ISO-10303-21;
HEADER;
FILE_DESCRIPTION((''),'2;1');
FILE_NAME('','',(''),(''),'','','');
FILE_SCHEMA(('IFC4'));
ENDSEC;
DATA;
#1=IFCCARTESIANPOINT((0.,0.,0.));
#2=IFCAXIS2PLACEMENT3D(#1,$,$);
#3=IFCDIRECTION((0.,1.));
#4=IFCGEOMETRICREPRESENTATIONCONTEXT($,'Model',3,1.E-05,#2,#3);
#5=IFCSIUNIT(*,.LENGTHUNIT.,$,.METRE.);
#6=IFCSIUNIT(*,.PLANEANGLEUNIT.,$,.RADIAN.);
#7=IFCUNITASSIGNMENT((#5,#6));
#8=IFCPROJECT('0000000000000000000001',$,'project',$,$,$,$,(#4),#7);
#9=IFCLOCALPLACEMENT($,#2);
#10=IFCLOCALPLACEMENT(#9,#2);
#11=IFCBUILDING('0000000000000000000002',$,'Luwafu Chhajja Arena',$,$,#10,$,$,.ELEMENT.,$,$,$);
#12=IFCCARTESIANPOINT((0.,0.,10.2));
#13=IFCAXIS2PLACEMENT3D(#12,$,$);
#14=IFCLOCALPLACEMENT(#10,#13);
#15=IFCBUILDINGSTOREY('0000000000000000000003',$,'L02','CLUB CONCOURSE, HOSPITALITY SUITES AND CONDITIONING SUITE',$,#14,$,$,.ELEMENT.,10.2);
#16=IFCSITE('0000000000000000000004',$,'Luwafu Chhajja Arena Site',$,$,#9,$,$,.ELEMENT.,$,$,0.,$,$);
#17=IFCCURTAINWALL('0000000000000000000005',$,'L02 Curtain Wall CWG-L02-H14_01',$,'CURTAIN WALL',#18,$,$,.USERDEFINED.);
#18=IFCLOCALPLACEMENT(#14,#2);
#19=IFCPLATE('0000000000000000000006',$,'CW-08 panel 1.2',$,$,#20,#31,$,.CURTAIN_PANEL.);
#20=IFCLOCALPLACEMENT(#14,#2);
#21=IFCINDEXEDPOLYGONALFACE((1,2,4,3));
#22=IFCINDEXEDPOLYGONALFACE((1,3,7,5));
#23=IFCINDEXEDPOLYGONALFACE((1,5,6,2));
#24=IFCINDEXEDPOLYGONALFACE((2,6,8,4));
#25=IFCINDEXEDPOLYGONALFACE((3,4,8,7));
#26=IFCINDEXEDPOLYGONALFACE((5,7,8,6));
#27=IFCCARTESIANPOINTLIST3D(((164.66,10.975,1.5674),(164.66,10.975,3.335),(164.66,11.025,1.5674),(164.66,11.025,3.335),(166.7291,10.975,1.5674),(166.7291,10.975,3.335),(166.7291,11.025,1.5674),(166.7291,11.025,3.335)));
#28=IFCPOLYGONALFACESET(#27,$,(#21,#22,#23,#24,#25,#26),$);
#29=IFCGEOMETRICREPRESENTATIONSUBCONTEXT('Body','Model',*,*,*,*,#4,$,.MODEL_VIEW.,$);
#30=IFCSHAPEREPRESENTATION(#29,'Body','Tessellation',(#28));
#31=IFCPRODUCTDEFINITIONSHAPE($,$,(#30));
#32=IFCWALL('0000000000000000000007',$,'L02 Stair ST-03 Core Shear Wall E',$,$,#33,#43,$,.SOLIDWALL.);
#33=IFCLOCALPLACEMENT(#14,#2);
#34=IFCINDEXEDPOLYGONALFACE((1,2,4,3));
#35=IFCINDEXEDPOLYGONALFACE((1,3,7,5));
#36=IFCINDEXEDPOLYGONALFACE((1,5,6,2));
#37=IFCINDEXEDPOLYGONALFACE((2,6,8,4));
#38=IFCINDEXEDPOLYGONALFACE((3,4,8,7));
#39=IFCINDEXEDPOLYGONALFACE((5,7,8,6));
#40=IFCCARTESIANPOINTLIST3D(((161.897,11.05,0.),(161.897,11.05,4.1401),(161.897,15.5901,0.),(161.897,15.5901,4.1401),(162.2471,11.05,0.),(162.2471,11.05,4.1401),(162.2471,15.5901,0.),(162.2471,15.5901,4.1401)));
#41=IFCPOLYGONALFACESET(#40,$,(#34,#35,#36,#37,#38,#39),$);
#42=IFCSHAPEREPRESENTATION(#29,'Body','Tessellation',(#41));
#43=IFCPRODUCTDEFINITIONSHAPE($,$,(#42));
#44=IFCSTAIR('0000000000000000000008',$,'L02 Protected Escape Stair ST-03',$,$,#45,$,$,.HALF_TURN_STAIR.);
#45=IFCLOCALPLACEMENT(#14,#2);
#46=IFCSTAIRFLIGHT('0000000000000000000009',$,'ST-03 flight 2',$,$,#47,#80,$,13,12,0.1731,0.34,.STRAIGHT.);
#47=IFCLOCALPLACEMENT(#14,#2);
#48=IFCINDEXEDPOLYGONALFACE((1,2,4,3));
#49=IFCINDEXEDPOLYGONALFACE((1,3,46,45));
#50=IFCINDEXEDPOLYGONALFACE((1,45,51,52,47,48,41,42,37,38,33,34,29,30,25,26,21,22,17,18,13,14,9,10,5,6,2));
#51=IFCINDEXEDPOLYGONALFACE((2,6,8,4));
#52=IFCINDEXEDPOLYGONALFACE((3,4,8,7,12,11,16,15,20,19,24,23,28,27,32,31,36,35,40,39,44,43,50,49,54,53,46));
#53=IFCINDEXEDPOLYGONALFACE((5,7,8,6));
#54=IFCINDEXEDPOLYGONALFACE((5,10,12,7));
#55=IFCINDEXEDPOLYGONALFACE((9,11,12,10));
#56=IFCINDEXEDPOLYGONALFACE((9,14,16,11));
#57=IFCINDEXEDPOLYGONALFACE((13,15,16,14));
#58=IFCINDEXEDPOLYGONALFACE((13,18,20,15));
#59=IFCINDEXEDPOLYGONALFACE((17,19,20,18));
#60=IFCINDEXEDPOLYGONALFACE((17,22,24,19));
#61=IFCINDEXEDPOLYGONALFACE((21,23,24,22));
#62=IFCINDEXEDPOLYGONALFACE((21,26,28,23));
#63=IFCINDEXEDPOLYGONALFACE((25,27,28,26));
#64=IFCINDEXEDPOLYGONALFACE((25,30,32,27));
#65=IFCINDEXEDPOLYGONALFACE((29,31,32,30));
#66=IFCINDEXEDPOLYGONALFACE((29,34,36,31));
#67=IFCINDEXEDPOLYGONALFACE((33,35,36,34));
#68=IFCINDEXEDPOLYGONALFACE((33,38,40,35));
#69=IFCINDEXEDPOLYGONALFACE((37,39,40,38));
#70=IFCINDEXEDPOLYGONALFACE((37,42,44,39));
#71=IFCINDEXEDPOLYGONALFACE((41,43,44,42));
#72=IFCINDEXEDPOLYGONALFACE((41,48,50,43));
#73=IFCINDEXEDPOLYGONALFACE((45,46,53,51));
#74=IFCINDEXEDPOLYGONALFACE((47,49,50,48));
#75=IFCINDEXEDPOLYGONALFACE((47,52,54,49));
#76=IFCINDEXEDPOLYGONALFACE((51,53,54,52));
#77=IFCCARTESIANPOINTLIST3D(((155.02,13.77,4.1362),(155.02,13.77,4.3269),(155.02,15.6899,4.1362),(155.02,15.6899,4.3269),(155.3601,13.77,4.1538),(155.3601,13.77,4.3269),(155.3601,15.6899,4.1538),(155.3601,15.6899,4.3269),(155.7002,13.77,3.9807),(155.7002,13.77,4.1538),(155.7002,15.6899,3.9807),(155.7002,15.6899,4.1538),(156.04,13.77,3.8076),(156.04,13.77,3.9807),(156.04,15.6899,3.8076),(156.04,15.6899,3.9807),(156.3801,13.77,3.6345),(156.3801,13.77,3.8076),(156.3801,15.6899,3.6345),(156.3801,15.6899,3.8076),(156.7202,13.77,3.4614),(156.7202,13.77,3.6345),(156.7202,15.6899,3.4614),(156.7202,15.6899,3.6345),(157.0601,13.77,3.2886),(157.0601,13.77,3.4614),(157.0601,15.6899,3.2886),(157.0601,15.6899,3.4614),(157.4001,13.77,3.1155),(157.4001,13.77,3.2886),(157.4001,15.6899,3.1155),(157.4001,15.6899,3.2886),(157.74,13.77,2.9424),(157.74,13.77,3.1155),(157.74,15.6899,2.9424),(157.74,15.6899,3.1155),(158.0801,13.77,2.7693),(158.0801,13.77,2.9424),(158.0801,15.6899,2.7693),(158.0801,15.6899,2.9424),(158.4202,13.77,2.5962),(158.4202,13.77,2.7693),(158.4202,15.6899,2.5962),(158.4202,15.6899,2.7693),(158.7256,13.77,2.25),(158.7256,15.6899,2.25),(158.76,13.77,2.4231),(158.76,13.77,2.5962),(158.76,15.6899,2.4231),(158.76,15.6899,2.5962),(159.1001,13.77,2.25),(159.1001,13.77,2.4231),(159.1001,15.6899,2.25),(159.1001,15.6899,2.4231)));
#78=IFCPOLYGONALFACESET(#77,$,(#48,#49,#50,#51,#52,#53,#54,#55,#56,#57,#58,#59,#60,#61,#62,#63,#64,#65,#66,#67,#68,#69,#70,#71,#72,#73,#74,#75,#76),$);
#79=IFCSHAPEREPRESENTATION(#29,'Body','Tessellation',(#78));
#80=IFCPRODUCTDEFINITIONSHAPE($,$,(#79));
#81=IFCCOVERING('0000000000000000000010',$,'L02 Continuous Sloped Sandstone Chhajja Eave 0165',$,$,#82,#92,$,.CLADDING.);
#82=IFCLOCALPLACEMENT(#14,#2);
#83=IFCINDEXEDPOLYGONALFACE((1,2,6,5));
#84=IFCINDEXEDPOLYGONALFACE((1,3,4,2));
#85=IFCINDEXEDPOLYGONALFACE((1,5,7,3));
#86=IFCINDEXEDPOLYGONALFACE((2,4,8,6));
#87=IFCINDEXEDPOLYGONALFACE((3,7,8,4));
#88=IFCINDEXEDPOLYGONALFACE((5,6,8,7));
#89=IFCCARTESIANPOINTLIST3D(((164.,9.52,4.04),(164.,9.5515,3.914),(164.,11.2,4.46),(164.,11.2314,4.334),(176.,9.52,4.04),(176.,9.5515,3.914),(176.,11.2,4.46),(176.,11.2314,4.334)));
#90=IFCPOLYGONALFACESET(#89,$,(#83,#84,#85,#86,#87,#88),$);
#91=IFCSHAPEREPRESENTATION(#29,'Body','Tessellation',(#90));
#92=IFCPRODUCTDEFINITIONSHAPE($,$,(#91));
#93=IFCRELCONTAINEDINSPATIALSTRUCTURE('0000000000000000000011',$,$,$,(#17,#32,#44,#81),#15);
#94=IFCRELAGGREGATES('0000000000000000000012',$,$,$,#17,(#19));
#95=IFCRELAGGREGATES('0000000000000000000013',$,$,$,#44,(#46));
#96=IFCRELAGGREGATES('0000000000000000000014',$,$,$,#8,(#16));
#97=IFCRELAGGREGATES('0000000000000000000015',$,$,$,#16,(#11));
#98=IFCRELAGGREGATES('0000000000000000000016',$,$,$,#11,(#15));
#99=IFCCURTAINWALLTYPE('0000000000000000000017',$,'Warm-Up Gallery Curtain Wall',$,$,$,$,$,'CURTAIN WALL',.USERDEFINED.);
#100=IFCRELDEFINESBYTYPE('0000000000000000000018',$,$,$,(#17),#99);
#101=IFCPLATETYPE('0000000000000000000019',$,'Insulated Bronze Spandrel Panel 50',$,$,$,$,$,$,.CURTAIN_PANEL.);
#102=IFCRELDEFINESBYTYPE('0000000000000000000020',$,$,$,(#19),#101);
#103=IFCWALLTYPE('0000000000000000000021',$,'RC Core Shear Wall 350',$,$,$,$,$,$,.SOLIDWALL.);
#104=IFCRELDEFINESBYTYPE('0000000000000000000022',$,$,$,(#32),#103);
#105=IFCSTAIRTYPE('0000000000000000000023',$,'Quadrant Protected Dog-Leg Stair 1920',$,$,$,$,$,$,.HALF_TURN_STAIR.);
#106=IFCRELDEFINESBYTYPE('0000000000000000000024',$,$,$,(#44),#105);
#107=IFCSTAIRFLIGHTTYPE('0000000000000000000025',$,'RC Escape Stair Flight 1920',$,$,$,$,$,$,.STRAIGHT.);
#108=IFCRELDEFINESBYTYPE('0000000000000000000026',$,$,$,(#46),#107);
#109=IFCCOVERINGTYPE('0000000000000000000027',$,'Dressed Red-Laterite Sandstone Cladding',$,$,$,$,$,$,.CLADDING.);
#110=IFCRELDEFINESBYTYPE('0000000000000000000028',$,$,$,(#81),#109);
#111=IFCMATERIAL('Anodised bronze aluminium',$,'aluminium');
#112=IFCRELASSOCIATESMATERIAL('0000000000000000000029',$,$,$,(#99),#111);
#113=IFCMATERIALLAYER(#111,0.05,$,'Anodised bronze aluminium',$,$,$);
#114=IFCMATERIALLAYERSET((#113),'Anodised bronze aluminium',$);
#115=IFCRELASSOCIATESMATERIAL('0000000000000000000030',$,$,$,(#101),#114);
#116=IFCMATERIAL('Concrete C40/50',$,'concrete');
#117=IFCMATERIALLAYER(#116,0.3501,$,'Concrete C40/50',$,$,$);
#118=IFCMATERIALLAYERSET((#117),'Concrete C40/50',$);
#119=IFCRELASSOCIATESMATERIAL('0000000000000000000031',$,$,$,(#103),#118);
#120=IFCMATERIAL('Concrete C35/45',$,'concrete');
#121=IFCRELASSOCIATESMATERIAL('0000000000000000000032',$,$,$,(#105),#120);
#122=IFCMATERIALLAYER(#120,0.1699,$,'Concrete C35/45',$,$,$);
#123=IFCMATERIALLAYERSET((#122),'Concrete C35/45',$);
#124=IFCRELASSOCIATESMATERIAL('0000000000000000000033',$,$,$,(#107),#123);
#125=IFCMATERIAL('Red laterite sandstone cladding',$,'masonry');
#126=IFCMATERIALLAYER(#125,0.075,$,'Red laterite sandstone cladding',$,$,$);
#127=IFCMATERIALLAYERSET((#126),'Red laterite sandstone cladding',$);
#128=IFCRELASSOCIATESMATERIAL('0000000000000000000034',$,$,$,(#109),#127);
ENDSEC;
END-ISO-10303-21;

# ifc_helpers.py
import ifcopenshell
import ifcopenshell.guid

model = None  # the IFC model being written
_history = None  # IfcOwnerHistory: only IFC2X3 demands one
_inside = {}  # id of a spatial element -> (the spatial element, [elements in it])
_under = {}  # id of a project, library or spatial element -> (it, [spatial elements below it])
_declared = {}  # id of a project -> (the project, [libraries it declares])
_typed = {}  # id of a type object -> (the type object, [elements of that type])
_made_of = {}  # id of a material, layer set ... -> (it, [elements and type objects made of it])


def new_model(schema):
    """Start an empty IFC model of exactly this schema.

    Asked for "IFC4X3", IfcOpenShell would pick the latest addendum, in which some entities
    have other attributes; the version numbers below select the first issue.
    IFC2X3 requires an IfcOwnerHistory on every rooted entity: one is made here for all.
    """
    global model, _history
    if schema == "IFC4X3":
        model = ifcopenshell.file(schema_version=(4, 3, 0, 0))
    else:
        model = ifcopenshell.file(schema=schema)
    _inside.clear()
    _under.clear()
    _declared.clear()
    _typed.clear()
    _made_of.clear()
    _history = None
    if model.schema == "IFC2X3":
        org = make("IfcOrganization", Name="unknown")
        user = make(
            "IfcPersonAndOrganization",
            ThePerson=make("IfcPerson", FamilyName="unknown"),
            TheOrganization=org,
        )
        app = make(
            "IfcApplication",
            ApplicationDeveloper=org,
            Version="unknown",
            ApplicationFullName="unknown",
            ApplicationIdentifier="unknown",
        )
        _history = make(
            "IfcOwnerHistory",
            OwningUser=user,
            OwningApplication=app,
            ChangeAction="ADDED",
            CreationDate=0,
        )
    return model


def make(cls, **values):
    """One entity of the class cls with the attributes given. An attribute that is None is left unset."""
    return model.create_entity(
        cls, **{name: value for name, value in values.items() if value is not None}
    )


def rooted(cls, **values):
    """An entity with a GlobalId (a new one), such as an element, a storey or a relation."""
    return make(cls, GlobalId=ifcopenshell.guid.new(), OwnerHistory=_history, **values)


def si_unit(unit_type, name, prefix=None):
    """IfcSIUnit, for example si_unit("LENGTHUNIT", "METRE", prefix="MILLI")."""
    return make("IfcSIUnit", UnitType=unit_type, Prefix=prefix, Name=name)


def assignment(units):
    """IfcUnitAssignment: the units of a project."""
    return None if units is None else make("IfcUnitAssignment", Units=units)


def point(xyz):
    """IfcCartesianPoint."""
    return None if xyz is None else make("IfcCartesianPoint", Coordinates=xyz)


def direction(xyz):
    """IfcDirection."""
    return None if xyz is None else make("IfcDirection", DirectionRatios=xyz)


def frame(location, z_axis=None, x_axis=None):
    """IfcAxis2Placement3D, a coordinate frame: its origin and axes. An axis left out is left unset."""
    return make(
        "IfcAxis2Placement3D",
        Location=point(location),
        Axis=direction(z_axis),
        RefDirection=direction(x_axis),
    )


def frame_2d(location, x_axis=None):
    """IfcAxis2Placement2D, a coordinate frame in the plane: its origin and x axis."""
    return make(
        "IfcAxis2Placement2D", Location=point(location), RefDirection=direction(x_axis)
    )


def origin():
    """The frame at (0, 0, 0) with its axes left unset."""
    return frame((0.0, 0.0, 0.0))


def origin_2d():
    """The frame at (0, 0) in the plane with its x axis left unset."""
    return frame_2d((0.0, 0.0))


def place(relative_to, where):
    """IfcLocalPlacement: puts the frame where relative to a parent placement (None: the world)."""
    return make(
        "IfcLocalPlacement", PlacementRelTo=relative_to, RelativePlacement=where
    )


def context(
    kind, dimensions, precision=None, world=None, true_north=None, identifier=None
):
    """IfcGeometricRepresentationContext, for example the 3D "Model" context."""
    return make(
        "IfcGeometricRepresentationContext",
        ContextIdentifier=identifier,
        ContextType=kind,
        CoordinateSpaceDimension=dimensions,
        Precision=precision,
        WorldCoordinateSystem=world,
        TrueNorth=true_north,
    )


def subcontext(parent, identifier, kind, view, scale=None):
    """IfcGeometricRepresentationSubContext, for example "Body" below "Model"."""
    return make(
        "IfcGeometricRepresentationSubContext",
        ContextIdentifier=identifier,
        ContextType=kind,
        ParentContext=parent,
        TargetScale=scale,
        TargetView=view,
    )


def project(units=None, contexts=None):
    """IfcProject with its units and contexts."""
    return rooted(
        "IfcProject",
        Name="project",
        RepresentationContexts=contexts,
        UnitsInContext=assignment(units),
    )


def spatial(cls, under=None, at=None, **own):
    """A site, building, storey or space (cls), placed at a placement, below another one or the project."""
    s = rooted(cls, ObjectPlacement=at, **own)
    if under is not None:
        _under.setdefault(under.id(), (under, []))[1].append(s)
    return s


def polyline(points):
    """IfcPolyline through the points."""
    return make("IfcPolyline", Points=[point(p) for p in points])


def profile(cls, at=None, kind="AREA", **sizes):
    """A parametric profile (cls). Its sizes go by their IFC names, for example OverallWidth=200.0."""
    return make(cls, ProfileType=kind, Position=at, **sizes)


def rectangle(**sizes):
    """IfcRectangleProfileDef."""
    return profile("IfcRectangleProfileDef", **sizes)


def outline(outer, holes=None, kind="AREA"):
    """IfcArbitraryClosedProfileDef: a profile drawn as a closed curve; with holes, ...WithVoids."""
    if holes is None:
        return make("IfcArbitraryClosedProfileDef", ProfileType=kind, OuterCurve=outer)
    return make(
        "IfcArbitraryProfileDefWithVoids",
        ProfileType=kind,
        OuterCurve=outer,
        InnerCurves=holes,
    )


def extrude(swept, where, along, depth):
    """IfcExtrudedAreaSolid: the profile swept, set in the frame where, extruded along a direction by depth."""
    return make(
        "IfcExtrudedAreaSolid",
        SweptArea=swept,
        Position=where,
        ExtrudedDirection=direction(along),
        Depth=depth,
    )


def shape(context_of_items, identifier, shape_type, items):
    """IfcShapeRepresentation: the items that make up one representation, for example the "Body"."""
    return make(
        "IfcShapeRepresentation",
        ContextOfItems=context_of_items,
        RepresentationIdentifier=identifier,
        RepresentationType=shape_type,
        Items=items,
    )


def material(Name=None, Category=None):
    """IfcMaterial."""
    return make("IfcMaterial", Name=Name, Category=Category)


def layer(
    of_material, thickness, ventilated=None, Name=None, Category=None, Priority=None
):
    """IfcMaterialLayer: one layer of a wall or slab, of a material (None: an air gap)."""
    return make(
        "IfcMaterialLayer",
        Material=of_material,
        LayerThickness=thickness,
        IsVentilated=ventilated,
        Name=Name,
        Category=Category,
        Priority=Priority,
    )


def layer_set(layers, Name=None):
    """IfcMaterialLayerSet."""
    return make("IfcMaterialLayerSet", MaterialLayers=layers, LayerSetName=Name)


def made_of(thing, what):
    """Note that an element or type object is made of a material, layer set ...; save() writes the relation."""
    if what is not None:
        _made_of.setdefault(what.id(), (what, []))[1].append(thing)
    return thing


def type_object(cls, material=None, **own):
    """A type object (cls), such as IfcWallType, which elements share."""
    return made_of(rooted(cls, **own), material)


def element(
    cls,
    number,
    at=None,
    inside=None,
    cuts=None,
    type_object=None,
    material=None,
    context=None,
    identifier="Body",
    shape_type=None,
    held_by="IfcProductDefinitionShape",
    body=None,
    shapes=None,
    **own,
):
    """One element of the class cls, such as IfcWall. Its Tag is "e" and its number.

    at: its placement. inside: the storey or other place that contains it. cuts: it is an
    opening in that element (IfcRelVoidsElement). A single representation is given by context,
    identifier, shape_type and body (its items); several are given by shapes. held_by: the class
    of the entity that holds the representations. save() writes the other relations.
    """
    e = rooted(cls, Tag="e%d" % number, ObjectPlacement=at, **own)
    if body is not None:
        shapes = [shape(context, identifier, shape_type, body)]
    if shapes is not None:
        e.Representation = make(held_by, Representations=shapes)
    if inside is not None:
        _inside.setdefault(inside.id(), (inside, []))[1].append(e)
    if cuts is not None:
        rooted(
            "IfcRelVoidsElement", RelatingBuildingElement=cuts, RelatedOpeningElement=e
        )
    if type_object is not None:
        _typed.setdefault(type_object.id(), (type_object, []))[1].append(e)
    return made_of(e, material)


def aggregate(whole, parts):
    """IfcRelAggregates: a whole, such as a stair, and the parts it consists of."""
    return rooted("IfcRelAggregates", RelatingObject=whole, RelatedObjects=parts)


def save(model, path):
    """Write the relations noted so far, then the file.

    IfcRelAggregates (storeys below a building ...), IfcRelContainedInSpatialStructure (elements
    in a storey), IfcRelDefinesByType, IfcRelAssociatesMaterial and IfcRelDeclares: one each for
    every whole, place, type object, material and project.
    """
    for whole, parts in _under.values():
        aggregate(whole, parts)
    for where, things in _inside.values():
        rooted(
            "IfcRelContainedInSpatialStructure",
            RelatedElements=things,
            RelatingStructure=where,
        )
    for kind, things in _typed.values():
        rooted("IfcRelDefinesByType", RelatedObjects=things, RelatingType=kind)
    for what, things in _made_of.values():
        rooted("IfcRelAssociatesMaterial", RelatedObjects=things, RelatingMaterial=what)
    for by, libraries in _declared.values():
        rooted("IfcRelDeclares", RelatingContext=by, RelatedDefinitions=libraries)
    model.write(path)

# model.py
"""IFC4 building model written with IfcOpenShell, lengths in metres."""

from ifc_helpers import new_model, si_unit, direction, frame, frame_2d, origin, origin_2d, place, context, subcontext, project, spatial, polyline, rectangle, outline, extrude, material, layer, layer_set, type_object, element, aggregate, save


model = new_model("IFC4")

# Units and contexts
model_context = context("Model", 3, precision=1e-05, world=origin(), true_north=direction((0.0, 1.0)))
body_context = subcontext(model_context, "Body", "Model", "MODEL_VIEW")
ifc_project = project(units=[si_unit("LENGTHUNIT", "METRE"), si_unit("PLANEANGLEUNIT", "RADIAN")], contexts=[model_context])

# Site, building, storey
site_placement = place(None, origin())
site = spatial("IfcSite", under=ifc_project, at=site_placement, Name="Luwafu Chhajja Arena Site", CompositionType="ELEMENT", RefElevation=0.0)
building_placement = place(site_placement, origin())
building = spatial("IfcBuilding", under=site, at=building_placement, Name="Luwafu Chhajja Arena", CompositionType="ELEMENT")
storey_placement = place(building_placement, frame((0.0, 0.0, 10.2)))
storey = spatial("IfcBuildingStorey", under=building, at=storey_placement, Name="L02", Description="CLUB CONCOURSE, HOSPITALITY SUITES AND CONDITIONING SUITE", CompositionType="ELEMENT", Elevation=10.2)

# Curtain wall
ifc_material_1 = material(Name="Anodised bronze aluminium", Category="aluminium")
curtain_wall_type = type_object("IfcCurtainWallType", Name="Warm-Up Gallery Curtain Wall", ElementType="CURTAIN WALL", PredefinedType="USERDEFINED", material=ifc_material_1)
curtain_wall_placement = place(storey_placement, origin())
curtain_wall = element("IfcCurtainWall", 1, at=curtain_wall_placement, inside=storey, type_object=curtain_wall_type, Name="L02 Curtain Wall CWG-L02-H14_01", ObjectType="CURTAIN WALL", PredefinedType="USERDEFINED")

# Shared definitions
ifc_material_2 = material(Name="Concrete C35/45", Category="concrete")

# Plate
ifc_layer_1 = layer(ifc_material_1, 0.05, Name="Anodised bronze aluminium")
ifc_layer_set_1 = layer_set([ifc_layer_1], Name="Anodised bronze aluminium")
plate_type = type_object("IfcPlateType", Name="Insulated Bronze Spandrel Panel 50", PredefinedType="CURTAIN_PANEL", material=ifc_layer_set_1)
plate_1_placement = place(storey_placement, frame((165.6946, 11.0, 1.5674), z_axis=(0.0, 0.0, 1.0), x_axis=(1.0, 0.0, 0.0)))
plate_1 = element("IfcPlate", 2, at=plate_1_placement, type_object=plate_type, Name="CW-08 panel 1.2", PredefinedType="CURTAIN_PANEL", context=body_context, shape_type="SweptSolid", body=[
    extrude(rectangle(XDim=2.0691, YDim=0.05, at=origin_2d()), origin(), (0.0, 0.0, 1.0), 1.7676),
])
aggregate(curtain_wall, [plate_1])

# Wall
ifc_material_3 = material(Name="Concrete C40/50", Category="concrete")
ifc_layer_2 = layer(ifc_material_3, 0.3501, Name="Concrete C40/50")
ifc_layer_set_2 = layer_set([ifc_layer_2], Name="Concrete C40/50")
wall_type = type_object("IfcWallType", Name="RC Core Shear Wall 350", PredefinedType="SOLIDWALL", material=ifc_layer_set_2)
wall_placement = place(storey_placement, frame((162.072, 11.05, 0.0), z_axis=(0.0, 0.0, 1.0), x_axis=(0.0, 1.0, 0.0)))
element("IfcWall", 3, at=wall_placement, inside=storey, type_object=wall_type, Name="L02 Stair ST-03 Core Shear Wall E", PredefinedType="SOLIDWALL", context=body_context, shape_type="SweptSolid", body=[
    extrude(rectangle(XDim=4.54, YDim=0.3501, at=frame_2d((2.27, 0.0))), origin(), (0.0, 0.0, 1.0), 4.1401),
])

# Stair, stair flight
stair_type = type_object("IfcStairType", Name="Quadrant Protected Dog-Leg Stair 1920", PredefinedType="HALF_TURN_STAIR", material=ifc_material_2)
stair_placement = place(storey_placement, origin())
stair = element("IfcStair", 4, at=stair_placement, inside=storey, type_object=stair_type, Name="L02 Protected Escape Stair ST-03", PredefinedType="HALF_TURN_STAIR")
ifc_layer_3 = layer(ifc_material_2, 0.1699, Name="Concrete C35/45")
ifc_layer_set_3 = layer_set([ifc_layer_3], Name="Concrete C35/45")
stair_flight_type = type_object("IfcStairFlightType", Name="RC Escape Stair Flight 1920", PredefinedType="STRAIGHT", material=ifc_layer_set_3)
stair_flight_placement = place(storey_placement, frame((159.1001, 14.73, 2.25), z_axis=(0.0, 0.0, 1.0), x_axis=(-1.0, 0.0, 0.0)))
stair_flight = element("IfcStairFlight", 5, at=stair_flight_placement, type_object=stair_flight_type, Name="ST-03 flight 2", NumberOfRisers=13, NumberOfTreads=12, PredefinedType="STRAIGHT", RiserHeight=0.1731, TreadLength=0.34, context=body_context, shape_type="SweptSolid", body=[
    extrude(outline(polyline([(0.0, 0.0), (0.0, 0.1731), (0.3401, 0.1731), (0.3401, 0.3462), (0.6799, 0.3462), (0.6799, 0.5193), (1.02, 0.5193), (1.02, 0.6924), (1.3601, 0.6924), (1.3601, 0.8655), (1.7, 0.8655), (1.7, 1.0386), (2.04, 1.0386), (2.04, 1.2114), (2.3799, 1.2114), (2.3799, 1.3845), (2.72, 1.3845), (2.72, 1.5576), (3.0601, 1.5576), (3.0601, 1.7307), (3.3999, 1.7307), (3.3999, 1.9038), (3.74, 1.9038), (3.74, 2.0769), (4.0801, 2.0769), (4.0801, 2.25), (4.0801, 1.8862), (0.3745, 0.0), (0.0, 0.0)])), frame((0.0, 0.96, 0.0), z_axis=(0.0, -1.0, 0.0), x_axis=(1.0, 0.0, 0.0)), (0.0, 0.0, 1.0), 1.9199),
])
aggregate(stair, [stair_flight])

# Covering
ifc_material_4 = material(Name="Red laterite sandstone cladding", Category="masonry")
ifc_layer_4 = layer(ifc_material_4, 0.075, Name="Red laterite sandstone cladding")
ifc_layer_set_4 = layer_set([ifc_layer_4], Name="Red laterite sandstone cladding")
covering_type = type_object("IfcCoveringType", Name="Dressed Red-Laterite Sandstone Cladding", PredefinedType="CLADDING", material=ifc_layer_set_4)
covering_placement = place(storey_placement, frame((164.0, 11.2, 4.46), z_axis=(0.0, -0.242502, 0.970151), x_axis=(1.0, 0.0, 0.0)))
element("IfcCovering", 6, at=covering_placement, inside=storey, type_object=covering_type, Name="L02 Continuous Sloped Sandstone Chhajja Eave 0165", PredefinedType="CLADDING", context=body_context, shape_type="SweptSolid", body=[
    extrude(outline(polyline([(0.0, 0.0), (12.0, 0.0), (12.0, -1.7316), (0.0, -1.7316), (0.0, 0.0)])), origin(), (0.0, 0.0, -1.0), 0.1299),
])

save(model, "model.ifc")
